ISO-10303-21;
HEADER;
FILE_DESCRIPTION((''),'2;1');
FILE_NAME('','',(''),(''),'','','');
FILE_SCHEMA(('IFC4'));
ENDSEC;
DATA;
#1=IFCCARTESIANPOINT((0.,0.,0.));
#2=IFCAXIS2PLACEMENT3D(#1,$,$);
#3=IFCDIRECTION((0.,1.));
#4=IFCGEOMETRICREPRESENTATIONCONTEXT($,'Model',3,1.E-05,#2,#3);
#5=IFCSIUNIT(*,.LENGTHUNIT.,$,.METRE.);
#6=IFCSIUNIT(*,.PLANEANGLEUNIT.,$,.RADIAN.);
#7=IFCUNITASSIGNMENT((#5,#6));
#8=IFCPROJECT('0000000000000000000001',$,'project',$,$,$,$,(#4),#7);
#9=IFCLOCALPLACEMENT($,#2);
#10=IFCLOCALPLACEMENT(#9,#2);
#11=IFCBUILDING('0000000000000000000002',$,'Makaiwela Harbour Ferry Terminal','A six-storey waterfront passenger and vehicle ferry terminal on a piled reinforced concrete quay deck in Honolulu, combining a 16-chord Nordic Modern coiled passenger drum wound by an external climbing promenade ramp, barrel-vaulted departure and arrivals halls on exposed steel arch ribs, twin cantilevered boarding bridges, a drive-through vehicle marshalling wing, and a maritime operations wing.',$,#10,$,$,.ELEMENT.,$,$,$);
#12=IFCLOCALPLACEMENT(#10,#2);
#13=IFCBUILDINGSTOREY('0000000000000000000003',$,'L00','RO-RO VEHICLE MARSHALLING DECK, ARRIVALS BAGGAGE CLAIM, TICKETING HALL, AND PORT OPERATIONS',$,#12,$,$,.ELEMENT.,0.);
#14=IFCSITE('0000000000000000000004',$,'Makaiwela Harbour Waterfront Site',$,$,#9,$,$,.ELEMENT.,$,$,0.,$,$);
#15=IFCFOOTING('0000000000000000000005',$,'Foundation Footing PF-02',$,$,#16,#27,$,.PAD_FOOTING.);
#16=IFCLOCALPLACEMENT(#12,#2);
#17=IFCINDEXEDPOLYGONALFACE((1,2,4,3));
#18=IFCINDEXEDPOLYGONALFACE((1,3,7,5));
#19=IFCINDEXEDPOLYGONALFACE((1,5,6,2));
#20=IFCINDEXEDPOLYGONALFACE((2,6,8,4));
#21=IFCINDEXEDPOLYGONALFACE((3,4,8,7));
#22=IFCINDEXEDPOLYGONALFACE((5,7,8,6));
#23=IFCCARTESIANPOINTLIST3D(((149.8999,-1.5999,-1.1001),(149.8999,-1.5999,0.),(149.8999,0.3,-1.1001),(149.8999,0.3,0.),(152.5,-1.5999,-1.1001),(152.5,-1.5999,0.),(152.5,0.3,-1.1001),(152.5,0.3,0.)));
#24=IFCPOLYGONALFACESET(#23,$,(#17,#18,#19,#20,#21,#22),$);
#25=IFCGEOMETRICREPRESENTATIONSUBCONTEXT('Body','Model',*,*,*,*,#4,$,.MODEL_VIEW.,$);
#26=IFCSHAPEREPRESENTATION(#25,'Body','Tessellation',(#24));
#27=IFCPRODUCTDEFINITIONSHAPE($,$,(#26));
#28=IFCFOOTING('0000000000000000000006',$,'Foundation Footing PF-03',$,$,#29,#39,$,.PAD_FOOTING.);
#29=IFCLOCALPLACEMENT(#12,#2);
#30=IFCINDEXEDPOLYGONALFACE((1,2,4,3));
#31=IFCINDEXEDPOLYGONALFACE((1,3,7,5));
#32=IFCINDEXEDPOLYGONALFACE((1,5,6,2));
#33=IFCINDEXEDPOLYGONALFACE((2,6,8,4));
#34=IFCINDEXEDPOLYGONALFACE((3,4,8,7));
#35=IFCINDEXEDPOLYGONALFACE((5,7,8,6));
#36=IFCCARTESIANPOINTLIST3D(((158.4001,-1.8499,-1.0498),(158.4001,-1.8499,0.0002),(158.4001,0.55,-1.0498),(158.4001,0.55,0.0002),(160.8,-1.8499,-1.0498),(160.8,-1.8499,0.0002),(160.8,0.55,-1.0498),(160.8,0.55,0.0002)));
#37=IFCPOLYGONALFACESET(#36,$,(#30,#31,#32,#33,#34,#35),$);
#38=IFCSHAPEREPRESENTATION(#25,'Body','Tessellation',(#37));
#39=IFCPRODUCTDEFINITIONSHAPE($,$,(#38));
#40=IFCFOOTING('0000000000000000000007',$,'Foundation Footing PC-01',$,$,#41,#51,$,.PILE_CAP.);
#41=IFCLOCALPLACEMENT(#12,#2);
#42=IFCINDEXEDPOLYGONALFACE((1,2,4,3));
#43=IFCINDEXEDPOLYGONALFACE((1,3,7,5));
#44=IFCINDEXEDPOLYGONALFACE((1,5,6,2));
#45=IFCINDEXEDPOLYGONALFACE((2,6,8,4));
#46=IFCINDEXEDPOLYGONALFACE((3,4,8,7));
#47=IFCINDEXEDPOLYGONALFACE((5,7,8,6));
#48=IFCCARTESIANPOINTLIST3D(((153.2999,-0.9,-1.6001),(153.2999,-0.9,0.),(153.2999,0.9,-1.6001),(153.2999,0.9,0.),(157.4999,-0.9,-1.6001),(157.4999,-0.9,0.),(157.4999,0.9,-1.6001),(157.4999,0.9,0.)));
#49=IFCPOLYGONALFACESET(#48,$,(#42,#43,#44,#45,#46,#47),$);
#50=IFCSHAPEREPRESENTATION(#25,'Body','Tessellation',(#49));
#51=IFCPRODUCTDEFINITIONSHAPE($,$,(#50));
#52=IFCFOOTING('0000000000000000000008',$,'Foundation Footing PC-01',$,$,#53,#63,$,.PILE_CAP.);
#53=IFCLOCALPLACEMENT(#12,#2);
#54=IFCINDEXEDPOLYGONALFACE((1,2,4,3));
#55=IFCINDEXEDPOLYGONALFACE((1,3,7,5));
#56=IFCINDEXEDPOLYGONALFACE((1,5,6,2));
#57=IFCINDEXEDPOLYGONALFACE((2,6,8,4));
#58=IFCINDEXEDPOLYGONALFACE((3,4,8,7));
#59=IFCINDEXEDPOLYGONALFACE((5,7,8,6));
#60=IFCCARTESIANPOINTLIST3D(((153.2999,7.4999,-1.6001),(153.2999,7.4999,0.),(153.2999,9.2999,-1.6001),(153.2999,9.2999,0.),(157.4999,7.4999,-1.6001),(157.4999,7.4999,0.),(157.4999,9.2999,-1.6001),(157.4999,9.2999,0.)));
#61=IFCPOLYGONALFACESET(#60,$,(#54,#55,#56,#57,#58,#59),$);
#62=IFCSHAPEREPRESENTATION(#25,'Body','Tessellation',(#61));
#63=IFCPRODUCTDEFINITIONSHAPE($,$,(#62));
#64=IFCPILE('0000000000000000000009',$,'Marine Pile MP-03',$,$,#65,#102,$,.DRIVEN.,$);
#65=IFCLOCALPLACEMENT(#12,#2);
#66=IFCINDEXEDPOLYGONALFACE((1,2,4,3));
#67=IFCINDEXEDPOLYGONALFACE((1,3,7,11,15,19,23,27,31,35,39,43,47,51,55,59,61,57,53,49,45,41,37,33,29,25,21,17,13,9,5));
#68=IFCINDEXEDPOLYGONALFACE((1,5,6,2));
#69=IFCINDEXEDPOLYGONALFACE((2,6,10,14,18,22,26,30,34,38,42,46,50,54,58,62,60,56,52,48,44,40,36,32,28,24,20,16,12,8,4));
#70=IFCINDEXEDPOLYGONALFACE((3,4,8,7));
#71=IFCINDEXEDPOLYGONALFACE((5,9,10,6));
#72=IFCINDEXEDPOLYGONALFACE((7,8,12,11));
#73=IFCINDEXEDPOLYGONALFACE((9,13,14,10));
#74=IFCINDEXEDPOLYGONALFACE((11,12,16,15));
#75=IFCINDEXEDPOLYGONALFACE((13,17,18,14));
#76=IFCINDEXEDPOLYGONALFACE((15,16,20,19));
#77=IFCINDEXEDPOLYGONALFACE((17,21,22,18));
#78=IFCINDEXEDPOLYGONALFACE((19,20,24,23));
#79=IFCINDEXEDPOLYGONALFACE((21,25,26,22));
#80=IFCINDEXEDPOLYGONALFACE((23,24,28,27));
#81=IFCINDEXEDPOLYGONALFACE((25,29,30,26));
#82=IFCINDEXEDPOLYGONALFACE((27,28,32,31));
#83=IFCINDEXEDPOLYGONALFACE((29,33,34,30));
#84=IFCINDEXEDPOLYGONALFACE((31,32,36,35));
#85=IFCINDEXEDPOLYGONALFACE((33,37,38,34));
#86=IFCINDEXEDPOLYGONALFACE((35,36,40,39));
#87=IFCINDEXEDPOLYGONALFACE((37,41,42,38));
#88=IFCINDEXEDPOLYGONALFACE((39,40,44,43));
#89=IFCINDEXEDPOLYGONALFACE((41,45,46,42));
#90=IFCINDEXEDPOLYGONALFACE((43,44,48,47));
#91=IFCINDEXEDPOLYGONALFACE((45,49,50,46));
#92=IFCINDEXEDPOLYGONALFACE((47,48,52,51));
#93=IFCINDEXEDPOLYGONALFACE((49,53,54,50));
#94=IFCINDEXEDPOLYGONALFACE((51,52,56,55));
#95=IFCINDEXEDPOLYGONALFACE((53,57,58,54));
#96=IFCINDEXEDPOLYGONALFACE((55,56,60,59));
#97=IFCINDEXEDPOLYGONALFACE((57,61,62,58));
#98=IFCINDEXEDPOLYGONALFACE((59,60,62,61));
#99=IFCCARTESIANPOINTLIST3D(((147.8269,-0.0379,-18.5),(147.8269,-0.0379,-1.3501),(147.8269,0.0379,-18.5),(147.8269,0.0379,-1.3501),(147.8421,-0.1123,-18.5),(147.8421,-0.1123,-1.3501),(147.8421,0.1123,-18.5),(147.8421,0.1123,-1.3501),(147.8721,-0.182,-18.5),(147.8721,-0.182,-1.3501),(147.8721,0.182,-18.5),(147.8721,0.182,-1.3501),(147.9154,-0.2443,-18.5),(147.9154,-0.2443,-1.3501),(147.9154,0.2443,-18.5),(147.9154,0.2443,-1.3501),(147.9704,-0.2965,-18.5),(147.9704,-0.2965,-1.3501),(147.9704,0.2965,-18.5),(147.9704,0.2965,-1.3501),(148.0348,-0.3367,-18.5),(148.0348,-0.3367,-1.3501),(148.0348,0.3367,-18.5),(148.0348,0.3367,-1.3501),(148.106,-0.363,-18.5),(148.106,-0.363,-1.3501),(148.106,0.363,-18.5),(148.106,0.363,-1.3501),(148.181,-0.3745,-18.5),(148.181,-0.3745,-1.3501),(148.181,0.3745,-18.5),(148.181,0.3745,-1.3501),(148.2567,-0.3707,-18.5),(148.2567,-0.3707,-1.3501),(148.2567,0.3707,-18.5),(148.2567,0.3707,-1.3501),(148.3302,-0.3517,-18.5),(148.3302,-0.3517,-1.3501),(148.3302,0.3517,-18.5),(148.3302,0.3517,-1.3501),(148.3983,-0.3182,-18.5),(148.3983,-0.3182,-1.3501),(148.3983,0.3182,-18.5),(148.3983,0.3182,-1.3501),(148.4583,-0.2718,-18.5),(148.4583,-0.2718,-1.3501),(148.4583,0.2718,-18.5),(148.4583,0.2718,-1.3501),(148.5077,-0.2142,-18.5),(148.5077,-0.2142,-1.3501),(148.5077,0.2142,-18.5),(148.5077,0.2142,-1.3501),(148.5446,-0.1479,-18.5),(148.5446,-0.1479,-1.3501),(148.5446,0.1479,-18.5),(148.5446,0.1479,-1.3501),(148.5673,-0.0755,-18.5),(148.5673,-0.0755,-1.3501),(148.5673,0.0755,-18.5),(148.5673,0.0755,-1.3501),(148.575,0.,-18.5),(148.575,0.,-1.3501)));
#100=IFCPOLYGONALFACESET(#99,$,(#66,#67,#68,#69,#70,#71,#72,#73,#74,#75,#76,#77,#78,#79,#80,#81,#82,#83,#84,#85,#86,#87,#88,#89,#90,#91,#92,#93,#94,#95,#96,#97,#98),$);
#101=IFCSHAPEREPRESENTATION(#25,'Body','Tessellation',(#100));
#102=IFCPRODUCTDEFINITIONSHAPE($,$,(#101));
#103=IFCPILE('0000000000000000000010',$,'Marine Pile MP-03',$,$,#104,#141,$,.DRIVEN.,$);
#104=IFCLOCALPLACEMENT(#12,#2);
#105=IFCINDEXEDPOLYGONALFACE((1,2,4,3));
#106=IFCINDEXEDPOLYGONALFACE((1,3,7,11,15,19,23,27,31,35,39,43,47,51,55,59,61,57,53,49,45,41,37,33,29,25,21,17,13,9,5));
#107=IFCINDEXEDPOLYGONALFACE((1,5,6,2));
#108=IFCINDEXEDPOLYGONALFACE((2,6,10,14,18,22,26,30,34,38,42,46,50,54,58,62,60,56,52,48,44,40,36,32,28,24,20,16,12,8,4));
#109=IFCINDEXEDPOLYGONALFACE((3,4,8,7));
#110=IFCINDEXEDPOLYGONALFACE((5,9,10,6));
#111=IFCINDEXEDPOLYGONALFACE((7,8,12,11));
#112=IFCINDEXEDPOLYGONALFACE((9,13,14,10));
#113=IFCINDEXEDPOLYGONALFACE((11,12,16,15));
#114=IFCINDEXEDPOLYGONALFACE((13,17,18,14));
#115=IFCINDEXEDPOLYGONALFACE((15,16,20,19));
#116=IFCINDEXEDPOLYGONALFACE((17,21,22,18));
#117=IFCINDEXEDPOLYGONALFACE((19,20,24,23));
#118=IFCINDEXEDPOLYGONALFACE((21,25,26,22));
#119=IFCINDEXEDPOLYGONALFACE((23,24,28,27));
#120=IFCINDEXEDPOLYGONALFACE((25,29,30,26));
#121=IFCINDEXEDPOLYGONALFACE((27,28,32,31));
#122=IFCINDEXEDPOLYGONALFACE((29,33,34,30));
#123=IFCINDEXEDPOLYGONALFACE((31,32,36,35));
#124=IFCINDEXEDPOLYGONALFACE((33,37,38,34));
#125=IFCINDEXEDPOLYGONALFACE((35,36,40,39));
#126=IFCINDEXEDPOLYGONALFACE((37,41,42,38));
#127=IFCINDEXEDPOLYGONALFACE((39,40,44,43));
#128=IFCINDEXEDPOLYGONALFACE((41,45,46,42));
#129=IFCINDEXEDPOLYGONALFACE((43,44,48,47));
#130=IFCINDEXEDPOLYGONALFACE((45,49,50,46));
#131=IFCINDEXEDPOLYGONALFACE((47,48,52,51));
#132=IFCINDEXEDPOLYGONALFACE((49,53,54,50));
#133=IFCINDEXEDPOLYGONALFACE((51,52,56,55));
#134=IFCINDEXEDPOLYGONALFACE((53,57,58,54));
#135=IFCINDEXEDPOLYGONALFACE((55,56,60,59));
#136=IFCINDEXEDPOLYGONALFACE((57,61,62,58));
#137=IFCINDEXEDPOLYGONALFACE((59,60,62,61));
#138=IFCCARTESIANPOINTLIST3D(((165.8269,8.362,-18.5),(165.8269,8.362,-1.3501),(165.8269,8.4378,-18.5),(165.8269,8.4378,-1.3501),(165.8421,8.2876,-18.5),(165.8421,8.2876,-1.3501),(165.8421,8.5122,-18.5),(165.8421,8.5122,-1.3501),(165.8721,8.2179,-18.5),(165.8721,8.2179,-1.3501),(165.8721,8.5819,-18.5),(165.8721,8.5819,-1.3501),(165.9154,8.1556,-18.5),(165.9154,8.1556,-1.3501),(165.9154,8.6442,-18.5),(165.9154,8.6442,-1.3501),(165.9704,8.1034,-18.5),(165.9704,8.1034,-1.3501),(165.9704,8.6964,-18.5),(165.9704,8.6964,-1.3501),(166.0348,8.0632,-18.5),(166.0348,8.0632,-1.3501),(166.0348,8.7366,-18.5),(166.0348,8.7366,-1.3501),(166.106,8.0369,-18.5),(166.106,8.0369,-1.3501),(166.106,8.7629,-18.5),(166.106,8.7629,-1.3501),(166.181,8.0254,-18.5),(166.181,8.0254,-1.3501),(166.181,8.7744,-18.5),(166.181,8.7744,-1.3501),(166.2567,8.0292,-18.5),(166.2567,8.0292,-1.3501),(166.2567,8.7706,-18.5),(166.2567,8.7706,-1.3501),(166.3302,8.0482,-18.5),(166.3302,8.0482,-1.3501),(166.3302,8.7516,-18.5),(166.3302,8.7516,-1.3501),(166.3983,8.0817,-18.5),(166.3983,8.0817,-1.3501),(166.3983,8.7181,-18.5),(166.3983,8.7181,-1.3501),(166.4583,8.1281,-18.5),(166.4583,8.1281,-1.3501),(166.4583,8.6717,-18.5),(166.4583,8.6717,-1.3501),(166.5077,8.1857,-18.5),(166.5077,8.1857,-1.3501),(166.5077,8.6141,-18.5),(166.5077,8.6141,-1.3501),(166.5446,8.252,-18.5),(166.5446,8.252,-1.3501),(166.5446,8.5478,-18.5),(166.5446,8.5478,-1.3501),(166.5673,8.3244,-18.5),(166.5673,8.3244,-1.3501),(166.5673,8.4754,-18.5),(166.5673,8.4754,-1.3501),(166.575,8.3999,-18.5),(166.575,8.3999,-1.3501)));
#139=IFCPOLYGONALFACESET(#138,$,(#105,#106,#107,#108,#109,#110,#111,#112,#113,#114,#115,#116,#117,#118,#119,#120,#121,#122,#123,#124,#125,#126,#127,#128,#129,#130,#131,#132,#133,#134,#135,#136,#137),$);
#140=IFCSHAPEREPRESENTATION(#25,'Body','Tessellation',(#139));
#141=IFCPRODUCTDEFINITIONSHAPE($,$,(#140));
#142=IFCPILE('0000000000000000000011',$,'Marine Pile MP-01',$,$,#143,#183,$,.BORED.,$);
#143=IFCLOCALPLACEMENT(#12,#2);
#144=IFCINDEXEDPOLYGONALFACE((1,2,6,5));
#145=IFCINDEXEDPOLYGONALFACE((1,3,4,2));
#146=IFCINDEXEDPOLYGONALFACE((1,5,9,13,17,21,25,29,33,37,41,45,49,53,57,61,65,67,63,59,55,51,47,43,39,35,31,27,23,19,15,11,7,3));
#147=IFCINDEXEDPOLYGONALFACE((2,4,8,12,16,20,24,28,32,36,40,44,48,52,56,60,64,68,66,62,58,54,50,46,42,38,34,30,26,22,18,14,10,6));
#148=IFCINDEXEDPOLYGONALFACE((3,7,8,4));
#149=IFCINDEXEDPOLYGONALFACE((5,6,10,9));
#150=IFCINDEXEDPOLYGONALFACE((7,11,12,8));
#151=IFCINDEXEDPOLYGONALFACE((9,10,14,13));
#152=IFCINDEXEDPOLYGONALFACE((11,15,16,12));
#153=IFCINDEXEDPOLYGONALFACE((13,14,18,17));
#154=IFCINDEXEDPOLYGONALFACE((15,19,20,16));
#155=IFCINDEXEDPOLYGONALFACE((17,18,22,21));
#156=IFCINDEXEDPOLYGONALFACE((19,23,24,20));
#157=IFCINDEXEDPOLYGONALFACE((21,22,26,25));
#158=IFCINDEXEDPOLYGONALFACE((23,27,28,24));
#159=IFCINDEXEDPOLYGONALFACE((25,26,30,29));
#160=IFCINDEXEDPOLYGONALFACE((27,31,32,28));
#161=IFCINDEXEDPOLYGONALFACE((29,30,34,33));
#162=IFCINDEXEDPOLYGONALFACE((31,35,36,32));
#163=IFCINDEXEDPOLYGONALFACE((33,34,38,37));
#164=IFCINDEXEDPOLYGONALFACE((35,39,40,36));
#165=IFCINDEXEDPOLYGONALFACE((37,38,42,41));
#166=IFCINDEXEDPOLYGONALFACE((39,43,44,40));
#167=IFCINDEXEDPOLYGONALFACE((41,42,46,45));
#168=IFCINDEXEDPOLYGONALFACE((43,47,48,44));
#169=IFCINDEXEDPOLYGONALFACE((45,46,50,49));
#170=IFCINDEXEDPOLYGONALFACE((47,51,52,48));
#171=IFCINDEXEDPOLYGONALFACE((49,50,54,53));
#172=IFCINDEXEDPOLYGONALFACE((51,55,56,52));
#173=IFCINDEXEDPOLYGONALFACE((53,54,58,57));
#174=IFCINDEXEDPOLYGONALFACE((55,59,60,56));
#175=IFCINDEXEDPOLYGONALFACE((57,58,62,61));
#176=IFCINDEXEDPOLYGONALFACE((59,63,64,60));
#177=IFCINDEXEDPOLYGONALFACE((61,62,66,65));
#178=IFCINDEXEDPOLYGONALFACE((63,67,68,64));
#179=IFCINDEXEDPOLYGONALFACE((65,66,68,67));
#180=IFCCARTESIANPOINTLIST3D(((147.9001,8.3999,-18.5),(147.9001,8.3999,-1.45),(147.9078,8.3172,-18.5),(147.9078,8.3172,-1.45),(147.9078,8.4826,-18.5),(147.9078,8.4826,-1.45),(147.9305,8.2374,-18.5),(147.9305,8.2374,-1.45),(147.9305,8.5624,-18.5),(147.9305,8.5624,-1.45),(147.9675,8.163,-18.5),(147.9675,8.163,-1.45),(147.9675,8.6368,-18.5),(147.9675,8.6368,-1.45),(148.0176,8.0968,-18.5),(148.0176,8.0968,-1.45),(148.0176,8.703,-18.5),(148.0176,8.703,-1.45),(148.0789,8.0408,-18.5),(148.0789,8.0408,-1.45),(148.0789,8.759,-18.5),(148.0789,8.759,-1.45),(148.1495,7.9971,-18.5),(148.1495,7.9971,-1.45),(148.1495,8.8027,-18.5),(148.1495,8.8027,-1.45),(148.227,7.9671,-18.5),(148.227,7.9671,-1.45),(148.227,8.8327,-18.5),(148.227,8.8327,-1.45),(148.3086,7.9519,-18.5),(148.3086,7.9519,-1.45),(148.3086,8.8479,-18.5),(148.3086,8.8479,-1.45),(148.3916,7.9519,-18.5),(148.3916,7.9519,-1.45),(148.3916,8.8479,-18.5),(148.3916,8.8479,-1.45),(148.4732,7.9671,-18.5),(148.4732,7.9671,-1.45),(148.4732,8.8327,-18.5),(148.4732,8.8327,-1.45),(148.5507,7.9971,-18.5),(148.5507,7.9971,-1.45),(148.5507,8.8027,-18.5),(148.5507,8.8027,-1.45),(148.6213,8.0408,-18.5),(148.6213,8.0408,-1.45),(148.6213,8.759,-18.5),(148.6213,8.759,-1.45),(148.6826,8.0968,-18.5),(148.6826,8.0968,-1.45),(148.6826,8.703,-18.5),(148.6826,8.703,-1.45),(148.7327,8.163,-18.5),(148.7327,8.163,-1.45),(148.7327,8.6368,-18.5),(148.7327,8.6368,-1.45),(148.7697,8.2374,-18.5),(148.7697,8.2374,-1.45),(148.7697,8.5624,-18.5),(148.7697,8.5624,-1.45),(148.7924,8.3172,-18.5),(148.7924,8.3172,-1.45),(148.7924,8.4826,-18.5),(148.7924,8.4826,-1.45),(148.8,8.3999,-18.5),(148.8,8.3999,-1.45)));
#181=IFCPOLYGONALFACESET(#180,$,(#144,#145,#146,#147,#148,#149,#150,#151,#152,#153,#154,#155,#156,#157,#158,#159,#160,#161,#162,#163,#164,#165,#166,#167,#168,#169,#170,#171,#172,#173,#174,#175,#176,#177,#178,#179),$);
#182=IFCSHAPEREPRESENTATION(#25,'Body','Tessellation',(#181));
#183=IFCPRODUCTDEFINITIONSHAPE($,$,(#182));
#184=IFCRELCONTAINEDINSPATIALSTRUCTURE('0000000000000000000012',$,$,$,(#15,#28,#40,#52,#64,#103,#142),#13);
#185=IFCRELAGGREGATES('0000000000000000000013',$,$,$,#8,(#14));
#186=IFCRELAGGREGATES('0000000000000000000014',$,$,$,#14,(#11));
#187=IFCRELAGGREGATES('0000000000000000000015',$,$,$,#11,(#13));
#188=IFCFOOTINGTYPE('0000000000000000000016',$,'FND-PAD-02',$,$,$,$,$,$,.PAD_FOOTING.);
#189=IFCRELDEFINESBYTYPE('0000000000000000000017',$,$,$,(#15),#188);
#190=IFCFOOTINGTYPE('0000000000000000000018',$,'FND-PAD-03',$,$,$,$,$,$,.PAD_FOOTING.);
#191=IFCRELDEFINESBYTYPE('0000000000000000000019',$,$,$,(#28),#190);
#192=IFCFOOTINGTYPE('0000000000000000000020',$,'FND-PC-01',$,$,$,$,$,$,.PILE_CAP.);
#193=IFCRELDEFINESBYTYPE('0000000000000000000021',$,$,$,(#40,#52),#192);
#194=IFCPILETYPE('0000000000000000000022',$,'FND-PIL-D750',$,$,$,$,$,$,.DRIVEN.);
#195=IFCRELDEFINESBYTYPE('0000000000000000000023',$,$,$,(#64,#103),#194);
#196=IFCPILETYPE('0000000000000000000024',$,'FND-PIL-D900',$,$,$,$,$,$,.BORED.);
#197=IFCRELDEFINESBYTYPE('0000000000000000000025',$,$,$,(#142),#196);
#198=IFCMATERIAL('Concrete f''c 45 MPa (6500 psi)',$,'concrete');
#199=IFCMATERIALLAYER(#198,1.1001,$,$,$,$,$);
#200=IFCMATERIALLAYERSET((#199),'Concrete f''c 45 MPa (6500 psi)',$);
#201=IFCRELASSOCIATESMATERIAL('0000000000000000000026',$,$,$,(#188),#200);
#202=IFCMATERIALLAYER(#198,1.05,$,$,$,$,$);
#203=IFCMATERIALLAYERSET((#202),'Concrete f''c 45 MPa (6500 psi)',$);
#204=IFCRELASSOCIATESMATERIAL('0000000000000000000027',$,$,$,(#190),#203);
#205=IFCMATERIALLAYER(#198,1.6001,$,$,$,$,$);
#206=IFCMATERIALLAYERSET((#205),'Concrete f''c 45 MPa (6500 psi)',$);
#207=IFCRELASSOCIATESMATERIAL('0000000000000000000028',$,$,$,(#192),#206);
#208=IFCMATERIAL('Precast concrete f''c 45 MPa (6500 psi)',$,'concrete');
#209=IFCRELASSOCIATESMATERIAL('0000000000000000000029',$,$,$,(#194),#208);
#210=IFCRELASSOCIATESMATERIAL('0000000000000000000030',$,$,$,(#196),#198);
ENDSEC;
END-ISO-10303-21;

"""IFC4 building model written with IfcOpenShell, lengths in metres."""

from ifc_helpers import new_model, si_unit, direction, frame, origin, origin_2d, place, context, subcontext, project, spatial, rectangle, circle, extrude, material, layer, layer_set, material_profile, profile_set, type_object, element, save


model = new_model("IFC4")

# Units and contexts
model_context = context("Model", 3, precision=1e-05, world=origin(), true_north=direction((0.0, 1.0)))
body_context = subcontext(model_context, "Body", "Model", "MODEL_VIEW")
ifc_project = project(units=[si_unit("LENGTHUNIT", "METRE"), si_unit("PLANEANGLEUNIT", "RADIAN")], contexts=[model_context])

# Site, building, storey
site_placement = place(None, origin())
site = spatial("IfcSite", under=ifc_project, at=site_placement, Name="Makaiwela Harbour Waterfront Site", CompositionType="ELEMENT", RefElevation=0.0)
building_placement = place(site_placement, origin())
building = spatial("IfcBuilding", under=site, at=building_placement, Name="Makaiwela Harbour Ferry Terminal", Description="A six-storey waterfront passenger and vehicle ferry terminal on a piled reinforced concrete quay deck in Honolulu, combining a 16-chord Nordic Modern coiled passenger drum wound by an external climbing promenade ramp, barrel-vaulted departure and arrivals halls on exposed steel arch ribs, twin cantilevered boarding bridges, a drive-through vehicle marshalling wing, and a maritime operations wing.", CompositionType="ELEMENT")
storey_placement = place(building_placement, origin())
storey = spatial("IfcBuildingStorey", under=building, at=storey_placement, Name="L00", Description="RO-RO VEHICLE MARSHALLING DECK, ARRIVALS BAGGAGE CLAIM, TICKETING HALL, AND PORT OPERATIONS", CompositionType="ELEMENT", Elevation=0.0)

# Footings
ifc_material_1 = material(Name="Concrete f'c 45 MPa (6500 psi)", Category="concrete")
ifc_layer_1 = layer(ifc_material_1, 1.1001)
ifc_layer_set_1 = layer_set([ifc_layer_1], Name="Concrete f'c 45 MPa (6500 psi)")
footing_type_1 = type_object("IfcFootingType", Name="FND-PAD-02", PredefinedType="PAD_FOOTING", material=ifc_layer_set_1)
footing_1_placement = place(storey_placement, frame((151.2, -0.6499, -1.1001), z_axis=(0.0, 0.0, 1.0), x_axis=(1.0, 0.0, 0.0)))
element("IfcFooting", 1, at=footing_1_placement, inside=storey, type_object=footing_type_1, Name="Foundation Footing PF-02", PredefinedType="PAD_FOOTING", context=body_context, shape_type="SweptSolid", body=[
    extrude(rectangle(XDim=2.6001, YDim=1.8999, at=origin_2d()), origin(), (0.0, 0.0, 1.0), 1.1001),
])
ifc_layer_2 = layer(ifc_material_1, 1.05)
ifc_layer_set_2 = layer_set([ifc_layer_2], Name="Concrete f'c 45 MPa (6500 psi)")
footing_type_2 = type_object("IfcFootingType", Name="FND-PAD-03", PredefinedType="PAD_FOOTING", material=ifc_layer_set_2)
footing_2_placement = place(storey_placement, frame((159.6001, -0.6499, -1.0498), z_axis=(0.0, 0.0, 1.0), x_axis=(1.0, 0.0, 0.0)))
element("IfcFooting", 2, at=footing_2_placement, inside=storey, type_object=footing_type_2, Name="Foundation Footing PF-03", PredefinedType="PAD_FOOTING", context=body_context, shape_type="SweptSolid", body=[
    extrude(rectangle(XDim=2.3999, YDim=2.3999, at=origin_2d()), origin(), (0.0, 0.0, 1.0), 1.05),
])
ifc_layer_3 = layer(ifc_material_1, 1.6001)
ifc_layer_set_3 = layer_set([ifc_layer_3], Name="Concrete f'c 45 MPa (6500 psi)")
footing_type_3 = type_object("IfcFootingType", Name="FND-PC-01", PredefinedType="PILE_CAP", material=ifc_layer_set_3)
for number, where, z_axis, x_axis, name in (
    (3, (155.3999, 0.0, -1.6001), (0.0, 0.0, 1.0), (1.0, 0.0, 0.0), "Foundation Footing PC-01"),
    (4, (155.3999, 8.3999, -1.6001), (0.0, 0.0, 1.0), (1.0, 0.0, 0.0), "Foundation Footing PC-01"),
):
    element("IfcFooting", number, at=place(storey_placement, frame(where, z_axis=z_axis, x_axis=x_axis)), inside=storey, type_object=footing_type_3, Name=name, PredefinedType="PILE_CAP", context=body_context, shape_type="SweptSolid", body=[
        extrude(rectangle(XDim=4.2, YDim=1.8, at=origin_2d()), origin(), (0.0, 0.0, 1.0), 1.6001),
    ])

# Piles
ifc_material_2 = material(Name="Precast concrete f'c 45 MPa (6500 psi)", Category="concrete")
ifc_material_profile_1 = material_profile(ifc_material_2, circle(Radius=0.375, at=origin_2d()), Name="PILE-D750")
ifc_profile_set_1 = profile_set([ifc_material_profile_1], Name="Precast concrete f'c 45 MPa (6500 psi)")
pile_type_1 = type_object("IfcPileType", Name="FND-PIL-D750", PredefinedType="DRIVEN", material=ifc_profile_set_1)
for number, where, z_axis, x_axis, name in (
    (5, (148.2, 0.0, -1.3501), (0.0, 0.0, -1.0), (1.0, 0.0, 0.0), "Marine Pile MP-03"),
    (6, (166.2, 8.3999, -1.3501), (0.0, 0.0, -1.0), (1.0, 0.0, 0.0), "Marine Pile MP-03"),
):
    element("IfcPile", number, at=place(storey_placement, frame(where, z_axis=z_axis, x_axis=x_axis)), inside=storey, type_object=pile_type_1, Name=name, PredefinedType="DRIVEN", context=body_context, shape_type="SweptSolid", body=[
        extrude(circle(Radius=0.375, at=origin_2d()), origin(), (0.0, 0.0, 1.0), 17.1499),
    ])
ifc_material_profile_2 = material_profile(ifc_material_1, circle(Radius=0.45, at=origin_2d()), Name="PILE-D900")
ifc_profile_set_2 = profile_set([ifc_material_profile_2], Name="Concrete f'c 45 MPa (6500 psi)")
pile_type_2 = type_object("IfcPileType", Name="FND-PIL-D900", PredefinedType="BORED", material=ifc_profile_set_2)
for number, where, z_axis, x_axis, name in (
    (7, (148.3501, 8.3999, -1.45), (0.0, 0.0, -1.0), (1.0, 0.0, 0.0), "Marine Pile MP-01"),
):
    element("IfcPile", number, at=place(storey_placement, frame(where, z_axis=z_axis, x_axis=x_axis)), inside=storey, type_object=pile_type_2, Name=name, PredefinedType="BORED", context=body_context, shape_type="SweptSolid", body=[
        extrude(circle(Radius=0.45, at=origin_2d()), origin(), (0.0, 0.0, 1.0), 17.05),
    ])

save(model, "model.ifc")
